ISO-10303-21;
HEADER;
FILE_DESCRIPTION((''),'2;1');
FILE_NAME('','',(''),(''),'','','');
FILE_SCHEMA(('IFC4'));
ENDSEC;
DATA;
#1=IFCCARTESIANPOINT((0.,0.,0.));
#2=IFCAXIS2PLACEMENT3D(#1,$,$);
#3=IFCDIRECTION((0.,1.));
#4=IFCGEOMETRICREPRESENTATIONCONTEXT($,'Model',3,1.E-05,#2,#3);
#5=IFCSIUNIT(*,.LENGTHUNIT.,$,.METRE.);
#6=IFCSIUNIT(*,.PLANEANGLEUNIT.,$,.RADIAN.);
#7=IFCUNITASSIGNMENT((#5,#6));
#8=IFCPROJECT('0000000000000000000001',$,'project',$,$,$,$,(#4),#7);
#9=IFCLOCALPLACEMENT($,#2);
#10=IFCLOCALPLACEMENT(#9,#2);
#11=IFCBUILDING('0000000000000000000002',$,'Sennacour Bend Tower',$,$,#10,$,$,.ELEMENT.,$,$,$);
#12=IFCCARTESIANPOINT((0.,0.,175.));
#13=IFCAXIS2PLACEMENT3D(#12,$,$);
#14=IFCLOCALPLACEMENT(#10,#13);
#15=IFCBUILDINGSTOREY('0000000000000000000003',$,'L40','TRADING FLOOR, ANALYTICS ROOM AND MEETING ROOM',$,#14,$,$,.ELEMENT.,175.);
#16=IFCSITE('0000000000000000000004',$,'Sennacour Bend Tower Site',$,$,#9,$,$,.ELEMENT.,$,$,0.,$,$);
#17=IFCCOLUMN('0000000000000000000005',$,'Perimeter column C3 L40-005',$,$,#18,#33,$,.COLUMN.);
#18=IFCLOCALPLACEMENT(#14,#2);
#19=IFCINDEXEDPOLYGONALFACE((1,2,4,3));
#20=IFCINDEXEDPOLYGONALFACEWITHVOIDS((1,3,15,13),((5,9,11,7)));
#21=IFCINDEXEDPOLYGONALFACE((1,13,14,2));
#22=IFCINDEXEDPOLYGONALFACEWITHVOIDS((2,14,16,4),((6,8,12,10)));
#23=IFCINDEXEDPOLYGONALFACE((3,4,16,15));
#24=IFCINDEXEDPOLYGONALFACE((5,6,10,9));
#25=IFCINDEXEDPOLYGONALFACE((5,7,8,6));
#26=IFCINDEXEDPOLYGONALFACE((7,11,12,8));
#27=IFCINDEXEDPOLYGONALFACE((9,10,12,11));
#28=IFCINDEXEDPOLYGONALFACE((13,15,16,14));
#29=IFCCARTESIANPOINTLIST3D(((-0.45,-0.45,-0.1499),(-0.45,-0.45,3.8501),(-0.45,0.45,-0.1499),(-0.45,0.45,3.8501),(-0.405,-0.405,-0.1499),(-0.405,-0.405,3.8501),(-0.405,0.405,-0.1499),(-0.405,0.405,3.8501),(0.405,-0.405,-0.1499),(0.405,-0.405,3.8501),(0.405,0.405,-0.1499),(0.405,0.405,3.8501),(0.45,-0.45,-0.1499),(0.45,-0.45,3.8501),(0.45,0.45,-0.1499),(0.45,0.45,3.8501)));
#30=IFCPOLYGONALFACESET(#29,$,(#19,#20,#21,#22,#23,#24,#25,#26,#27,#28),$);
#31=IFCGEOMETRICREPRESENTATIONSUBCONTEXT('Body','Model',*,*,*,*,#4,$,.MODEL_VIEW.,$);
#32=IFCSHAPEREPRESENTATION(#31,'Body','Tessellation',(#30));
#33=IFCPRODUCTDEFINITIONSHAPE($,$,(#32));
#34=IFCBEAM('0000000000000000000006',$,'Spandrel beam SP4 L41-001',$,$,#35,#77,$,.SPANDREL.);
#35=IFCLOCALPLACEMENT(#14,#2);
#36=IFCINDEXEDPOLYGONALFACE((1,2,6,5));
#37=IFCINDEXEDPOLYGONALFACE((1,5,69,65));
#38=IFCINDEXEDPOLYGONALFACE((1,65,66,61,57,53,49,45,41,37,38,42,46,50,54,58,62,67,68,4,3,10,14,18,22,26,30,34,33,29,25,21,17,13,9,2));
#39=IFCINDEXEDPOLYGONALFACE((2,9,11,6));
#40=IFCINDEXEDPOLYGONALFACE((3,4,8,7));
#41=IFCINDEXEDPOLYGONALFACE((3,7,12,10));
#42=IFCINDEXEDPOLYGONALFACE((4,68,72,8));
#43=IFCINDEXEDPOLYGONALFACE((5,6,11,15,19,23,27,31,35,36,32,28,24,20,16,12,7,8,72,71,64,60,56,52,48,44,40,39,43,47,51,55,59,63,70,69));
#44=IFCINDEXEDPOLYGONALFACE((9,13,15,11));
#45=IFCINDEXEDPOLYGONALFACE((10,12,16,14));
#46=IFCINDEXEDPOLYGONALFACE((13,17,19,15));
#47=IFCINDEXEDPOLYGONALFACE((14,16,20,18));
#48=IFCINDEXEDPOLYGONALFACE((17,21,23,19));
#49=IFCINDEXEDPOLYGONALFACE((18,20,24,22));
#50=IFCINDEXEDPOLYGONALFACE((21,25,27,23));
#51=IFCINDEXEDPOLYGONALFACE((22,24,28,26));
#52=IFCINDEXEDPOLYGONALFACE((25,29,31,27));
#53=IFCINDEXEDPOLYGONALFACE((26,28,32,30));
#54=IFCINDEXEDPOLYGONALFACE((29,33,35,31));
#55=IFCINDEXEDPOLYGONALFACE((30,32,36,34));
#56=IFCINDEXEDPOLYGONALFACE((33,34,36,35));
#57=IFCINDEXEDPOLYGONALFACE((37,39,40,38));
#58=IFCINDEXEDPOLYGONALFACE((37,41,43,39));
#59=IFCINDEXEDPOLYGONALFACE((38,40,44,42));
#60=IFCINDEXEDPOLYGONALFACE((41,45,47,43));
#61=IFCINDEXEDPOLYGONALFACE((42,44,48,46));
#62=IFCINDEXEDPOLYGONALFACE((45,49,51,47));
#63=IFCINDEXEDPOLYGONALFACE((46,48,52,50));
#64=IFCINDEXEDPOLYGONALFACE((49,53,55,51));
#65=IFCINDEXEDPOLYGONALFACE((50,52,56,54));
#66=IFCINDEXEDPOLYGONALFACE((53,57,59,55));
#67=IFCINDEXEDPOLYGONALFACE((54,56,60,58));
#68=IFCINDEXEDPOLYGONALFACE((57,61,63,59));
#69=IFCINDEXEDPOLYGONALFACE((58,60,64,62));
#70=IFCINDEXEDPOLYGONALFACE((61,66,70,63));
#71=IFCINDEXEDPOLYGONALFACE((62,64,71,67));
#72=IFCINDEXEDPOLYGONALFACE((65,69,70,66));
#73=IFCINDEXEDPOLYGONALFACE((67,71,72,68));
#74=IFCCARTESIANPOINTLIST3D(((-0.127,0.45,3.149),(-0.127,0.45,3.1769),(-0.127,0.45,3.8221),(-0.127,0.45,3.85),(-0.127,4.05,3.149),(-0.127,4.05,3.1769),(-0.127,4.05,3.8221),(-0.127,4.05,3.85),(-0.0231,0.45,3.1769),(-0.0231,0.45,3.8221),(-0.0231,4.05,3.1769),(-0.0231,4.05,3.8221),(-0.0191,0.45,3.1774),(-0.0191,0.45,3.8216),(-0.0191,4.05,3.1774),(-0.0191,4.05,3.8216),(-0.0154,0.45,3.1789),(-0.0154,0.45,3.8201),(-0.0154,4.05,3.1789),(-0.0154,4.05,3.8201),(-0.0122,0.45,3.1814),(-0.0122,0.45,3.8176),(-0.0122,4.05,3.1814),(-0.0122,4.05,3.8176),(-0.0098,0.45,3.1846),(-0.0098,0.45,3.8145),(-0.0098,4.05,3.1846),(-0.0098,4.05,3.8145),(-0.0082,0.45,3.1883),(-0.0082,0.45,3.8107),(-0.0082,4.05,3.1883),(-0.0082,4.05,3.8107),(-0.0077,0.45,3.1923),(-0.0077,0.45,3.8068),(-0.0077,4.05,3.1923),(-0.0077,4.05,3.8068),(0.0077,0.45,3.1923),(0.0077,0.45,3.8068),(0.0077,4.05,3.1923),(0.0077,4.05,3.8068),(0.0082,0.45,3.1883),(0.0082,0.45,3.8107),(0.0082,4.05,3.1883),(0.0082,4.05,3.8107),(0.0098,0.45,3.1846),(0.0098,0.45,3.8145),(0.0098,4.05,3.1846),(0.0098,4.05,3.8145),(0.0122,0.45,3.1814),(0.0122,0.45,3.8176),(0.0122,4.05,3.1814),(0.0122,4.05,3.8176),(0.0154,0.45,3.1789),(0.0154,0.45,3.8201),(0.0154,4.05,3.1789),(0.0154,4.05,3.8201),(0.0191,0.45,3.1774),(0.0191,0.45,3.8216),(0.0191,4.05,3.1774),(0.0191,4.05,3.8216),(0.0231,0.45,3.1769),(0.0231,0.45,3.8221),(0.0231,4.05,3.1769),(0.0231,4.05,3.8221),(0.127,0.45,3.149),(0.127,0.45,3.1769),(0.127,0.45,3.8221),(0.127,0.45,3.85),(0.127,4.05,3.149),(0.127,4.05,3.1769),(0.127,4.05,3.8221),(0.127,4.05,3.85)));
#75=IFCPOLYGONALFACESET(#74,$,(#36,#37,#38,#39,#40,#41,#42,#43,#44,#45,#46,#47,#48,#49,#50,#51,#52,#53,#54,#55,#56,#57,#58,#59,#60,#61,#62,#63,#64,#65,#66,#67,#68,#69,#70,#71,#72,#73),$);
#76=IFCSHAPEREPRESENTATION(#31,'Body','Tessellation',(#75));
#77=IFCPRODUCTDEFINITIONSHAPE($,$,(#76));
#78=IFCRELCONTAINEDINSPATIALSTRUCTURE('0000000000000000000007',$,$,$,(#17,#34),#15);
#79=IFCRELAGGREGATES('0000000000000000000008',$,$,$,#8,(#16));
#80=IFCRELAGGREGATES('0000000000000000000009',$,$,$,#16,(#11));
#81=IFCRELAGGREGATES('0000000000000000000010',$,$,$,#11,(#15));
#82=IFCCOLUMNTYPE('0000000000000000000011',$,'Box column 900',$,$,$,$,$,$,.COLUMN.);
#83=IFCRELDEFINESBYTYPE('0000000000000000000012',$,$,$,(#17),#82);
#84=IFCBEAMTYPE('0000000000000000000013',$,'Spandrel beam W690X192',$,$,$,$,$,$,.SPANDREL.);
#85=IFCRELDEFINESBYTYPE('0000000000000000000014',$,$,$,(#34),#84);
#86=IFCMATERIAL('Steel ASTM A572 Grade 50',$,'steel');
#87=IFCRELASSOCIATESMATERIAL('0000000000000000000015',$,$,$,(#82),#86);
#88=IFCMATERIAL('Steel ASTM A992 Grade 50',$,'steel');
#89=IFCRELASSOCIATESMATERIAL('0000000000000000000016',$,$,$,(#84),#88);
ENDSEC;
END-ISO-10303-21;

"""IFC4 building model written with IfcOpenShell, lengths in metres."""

from ifc_helpers import new_model, si_unit, direction, frame, origin, origin_2d, place, context, subcontext, project, spatial, hollow_rectangle, i_section, extrude, material, material_profile, profile_set, type_object, element, save


model = new_model("IFC4")

# Units and contexts
model_context = context("Model", 3, precision=1e-05, world=origin(), true_north=direction((0.0, 1.0)))
body_context = subcontext(model_context, "Body", "Model", "MODEL_VIEW")
ifc_project = project(units=[si_unit("LENGTHUNIT", "METRE"), si_unit("PLANEANGLEUNIT", "RADIAN")], contexts=[model_context])

# Site, building, storey
site_placement = place(None, origin())
site = spatial("IfcSite", under=ifc_project, at=site_placement, Name="Sennacour Bend Tower Site", CompositionType="ELEMENT", RefElevation=0.0)
building_placement = place(site_placement, origin())
building = spatial("IfcBuilding", under=site, at=building_placement, Name="Sennacour Bend Tower", CompositionType="ELEMENT")
storey_placement = place(building_placement, frame((0.0, 0.0, 175.0)))
storey = spatial("IfcBuildingStorey", under=building, at=storey_placement, Name="L40", Description="TRADING FLOOR, ANALYTICS ROOM AND MEETING ROOM", CompositionType="ELEMENT", Elevation=175.0)

# Column
ifc_material_1 = material(Name="Steel ASTM A572 Grade 50", Category="steel")
ifc_material_profile_1 = material_profile(ifc_material_1, hollow_rectangle(XDim=0.8999, YDim=0.8999, WallThickness=0.0449, at=origin_2d()), Name="Steel ASTM A572 Grade 50", Category="steel")
ifc_profile_set_1 = profile_set([ifc_material_profile_1], Name="Steel ASTM A572 Grade 50")
column_type = type_object("IfcColumnType", Name="Box column 900", PredefinedType="COLUMN", material=ifc_profile_set_1)
column_placement = place(storey_placement, frame((0.0, 0.0, -0.1499), z_axis=(0.0, 0.0, 1.0), x_axis=(1.0, 0.0, 0.0)))
element("IfcColumn", 1, at=column_placement, inside=storey, type_object=column_type, Name="Perimeter column C3 L40-005", PredefinedType="COLUMN", context=body_context, shape_type="SweptSolid", body=[
    extrude(hollow_rectangle(XDim=0.8999, YDim=0.8999, WallThickness=0.0449, at=origin_2d()), origin(), (0.0, 0.0, 1.0), 4.0),
])

# Beam
ifc_material_2 = material(Name="Steel ASTM A992 Grade 50", Category="steel")
ifc_material_profile_2 = material_profile(ifc_material_2, i_section(OverallWidth=0.2539, OverallDepth=0.7009, WebThickness=0.0154, FlangeThickness=0.0278, FilletRadius=0.0154, at=origin_2d()), Name="Steel ASTM A992 Grade 50", Category="steel")
ifc_profile_set_2 = profile_set([ifc_material_profile_2], Name="Steel ASTM A992 Grade 50")
beam_type = type_object("IfcBeamType", Name="Spandrel beam W690X192", PredefinedType="SPANDREL", material=ifc_profile_set_2)
beam_placement = place(storey_placement, frame((0.0, 0.45, 3.4995), z_axis=(0.0, 1.0, 0.0), x_axis=(-1.0, 0.0, 0.0)))
element("IfcBeam", 2, at=beam_placement, inside=storey, type_object=beam_type, Name="Spandrel beam SP4 L41-001", PredefinedType="SPANDREL", context=body_context, shape_type="SweptSolid", body=[
    extrude(i_section(OverallWidth=0.2539, OverallDepth=0.7009, WebThickness=0.0154, FlangeThickness=0.0278, FilletRadius=0.0154, at=origin_2d()), origin(), (0.0, 0.0, 1.0), 3.6001),
])

save(model, "model.ifc")
